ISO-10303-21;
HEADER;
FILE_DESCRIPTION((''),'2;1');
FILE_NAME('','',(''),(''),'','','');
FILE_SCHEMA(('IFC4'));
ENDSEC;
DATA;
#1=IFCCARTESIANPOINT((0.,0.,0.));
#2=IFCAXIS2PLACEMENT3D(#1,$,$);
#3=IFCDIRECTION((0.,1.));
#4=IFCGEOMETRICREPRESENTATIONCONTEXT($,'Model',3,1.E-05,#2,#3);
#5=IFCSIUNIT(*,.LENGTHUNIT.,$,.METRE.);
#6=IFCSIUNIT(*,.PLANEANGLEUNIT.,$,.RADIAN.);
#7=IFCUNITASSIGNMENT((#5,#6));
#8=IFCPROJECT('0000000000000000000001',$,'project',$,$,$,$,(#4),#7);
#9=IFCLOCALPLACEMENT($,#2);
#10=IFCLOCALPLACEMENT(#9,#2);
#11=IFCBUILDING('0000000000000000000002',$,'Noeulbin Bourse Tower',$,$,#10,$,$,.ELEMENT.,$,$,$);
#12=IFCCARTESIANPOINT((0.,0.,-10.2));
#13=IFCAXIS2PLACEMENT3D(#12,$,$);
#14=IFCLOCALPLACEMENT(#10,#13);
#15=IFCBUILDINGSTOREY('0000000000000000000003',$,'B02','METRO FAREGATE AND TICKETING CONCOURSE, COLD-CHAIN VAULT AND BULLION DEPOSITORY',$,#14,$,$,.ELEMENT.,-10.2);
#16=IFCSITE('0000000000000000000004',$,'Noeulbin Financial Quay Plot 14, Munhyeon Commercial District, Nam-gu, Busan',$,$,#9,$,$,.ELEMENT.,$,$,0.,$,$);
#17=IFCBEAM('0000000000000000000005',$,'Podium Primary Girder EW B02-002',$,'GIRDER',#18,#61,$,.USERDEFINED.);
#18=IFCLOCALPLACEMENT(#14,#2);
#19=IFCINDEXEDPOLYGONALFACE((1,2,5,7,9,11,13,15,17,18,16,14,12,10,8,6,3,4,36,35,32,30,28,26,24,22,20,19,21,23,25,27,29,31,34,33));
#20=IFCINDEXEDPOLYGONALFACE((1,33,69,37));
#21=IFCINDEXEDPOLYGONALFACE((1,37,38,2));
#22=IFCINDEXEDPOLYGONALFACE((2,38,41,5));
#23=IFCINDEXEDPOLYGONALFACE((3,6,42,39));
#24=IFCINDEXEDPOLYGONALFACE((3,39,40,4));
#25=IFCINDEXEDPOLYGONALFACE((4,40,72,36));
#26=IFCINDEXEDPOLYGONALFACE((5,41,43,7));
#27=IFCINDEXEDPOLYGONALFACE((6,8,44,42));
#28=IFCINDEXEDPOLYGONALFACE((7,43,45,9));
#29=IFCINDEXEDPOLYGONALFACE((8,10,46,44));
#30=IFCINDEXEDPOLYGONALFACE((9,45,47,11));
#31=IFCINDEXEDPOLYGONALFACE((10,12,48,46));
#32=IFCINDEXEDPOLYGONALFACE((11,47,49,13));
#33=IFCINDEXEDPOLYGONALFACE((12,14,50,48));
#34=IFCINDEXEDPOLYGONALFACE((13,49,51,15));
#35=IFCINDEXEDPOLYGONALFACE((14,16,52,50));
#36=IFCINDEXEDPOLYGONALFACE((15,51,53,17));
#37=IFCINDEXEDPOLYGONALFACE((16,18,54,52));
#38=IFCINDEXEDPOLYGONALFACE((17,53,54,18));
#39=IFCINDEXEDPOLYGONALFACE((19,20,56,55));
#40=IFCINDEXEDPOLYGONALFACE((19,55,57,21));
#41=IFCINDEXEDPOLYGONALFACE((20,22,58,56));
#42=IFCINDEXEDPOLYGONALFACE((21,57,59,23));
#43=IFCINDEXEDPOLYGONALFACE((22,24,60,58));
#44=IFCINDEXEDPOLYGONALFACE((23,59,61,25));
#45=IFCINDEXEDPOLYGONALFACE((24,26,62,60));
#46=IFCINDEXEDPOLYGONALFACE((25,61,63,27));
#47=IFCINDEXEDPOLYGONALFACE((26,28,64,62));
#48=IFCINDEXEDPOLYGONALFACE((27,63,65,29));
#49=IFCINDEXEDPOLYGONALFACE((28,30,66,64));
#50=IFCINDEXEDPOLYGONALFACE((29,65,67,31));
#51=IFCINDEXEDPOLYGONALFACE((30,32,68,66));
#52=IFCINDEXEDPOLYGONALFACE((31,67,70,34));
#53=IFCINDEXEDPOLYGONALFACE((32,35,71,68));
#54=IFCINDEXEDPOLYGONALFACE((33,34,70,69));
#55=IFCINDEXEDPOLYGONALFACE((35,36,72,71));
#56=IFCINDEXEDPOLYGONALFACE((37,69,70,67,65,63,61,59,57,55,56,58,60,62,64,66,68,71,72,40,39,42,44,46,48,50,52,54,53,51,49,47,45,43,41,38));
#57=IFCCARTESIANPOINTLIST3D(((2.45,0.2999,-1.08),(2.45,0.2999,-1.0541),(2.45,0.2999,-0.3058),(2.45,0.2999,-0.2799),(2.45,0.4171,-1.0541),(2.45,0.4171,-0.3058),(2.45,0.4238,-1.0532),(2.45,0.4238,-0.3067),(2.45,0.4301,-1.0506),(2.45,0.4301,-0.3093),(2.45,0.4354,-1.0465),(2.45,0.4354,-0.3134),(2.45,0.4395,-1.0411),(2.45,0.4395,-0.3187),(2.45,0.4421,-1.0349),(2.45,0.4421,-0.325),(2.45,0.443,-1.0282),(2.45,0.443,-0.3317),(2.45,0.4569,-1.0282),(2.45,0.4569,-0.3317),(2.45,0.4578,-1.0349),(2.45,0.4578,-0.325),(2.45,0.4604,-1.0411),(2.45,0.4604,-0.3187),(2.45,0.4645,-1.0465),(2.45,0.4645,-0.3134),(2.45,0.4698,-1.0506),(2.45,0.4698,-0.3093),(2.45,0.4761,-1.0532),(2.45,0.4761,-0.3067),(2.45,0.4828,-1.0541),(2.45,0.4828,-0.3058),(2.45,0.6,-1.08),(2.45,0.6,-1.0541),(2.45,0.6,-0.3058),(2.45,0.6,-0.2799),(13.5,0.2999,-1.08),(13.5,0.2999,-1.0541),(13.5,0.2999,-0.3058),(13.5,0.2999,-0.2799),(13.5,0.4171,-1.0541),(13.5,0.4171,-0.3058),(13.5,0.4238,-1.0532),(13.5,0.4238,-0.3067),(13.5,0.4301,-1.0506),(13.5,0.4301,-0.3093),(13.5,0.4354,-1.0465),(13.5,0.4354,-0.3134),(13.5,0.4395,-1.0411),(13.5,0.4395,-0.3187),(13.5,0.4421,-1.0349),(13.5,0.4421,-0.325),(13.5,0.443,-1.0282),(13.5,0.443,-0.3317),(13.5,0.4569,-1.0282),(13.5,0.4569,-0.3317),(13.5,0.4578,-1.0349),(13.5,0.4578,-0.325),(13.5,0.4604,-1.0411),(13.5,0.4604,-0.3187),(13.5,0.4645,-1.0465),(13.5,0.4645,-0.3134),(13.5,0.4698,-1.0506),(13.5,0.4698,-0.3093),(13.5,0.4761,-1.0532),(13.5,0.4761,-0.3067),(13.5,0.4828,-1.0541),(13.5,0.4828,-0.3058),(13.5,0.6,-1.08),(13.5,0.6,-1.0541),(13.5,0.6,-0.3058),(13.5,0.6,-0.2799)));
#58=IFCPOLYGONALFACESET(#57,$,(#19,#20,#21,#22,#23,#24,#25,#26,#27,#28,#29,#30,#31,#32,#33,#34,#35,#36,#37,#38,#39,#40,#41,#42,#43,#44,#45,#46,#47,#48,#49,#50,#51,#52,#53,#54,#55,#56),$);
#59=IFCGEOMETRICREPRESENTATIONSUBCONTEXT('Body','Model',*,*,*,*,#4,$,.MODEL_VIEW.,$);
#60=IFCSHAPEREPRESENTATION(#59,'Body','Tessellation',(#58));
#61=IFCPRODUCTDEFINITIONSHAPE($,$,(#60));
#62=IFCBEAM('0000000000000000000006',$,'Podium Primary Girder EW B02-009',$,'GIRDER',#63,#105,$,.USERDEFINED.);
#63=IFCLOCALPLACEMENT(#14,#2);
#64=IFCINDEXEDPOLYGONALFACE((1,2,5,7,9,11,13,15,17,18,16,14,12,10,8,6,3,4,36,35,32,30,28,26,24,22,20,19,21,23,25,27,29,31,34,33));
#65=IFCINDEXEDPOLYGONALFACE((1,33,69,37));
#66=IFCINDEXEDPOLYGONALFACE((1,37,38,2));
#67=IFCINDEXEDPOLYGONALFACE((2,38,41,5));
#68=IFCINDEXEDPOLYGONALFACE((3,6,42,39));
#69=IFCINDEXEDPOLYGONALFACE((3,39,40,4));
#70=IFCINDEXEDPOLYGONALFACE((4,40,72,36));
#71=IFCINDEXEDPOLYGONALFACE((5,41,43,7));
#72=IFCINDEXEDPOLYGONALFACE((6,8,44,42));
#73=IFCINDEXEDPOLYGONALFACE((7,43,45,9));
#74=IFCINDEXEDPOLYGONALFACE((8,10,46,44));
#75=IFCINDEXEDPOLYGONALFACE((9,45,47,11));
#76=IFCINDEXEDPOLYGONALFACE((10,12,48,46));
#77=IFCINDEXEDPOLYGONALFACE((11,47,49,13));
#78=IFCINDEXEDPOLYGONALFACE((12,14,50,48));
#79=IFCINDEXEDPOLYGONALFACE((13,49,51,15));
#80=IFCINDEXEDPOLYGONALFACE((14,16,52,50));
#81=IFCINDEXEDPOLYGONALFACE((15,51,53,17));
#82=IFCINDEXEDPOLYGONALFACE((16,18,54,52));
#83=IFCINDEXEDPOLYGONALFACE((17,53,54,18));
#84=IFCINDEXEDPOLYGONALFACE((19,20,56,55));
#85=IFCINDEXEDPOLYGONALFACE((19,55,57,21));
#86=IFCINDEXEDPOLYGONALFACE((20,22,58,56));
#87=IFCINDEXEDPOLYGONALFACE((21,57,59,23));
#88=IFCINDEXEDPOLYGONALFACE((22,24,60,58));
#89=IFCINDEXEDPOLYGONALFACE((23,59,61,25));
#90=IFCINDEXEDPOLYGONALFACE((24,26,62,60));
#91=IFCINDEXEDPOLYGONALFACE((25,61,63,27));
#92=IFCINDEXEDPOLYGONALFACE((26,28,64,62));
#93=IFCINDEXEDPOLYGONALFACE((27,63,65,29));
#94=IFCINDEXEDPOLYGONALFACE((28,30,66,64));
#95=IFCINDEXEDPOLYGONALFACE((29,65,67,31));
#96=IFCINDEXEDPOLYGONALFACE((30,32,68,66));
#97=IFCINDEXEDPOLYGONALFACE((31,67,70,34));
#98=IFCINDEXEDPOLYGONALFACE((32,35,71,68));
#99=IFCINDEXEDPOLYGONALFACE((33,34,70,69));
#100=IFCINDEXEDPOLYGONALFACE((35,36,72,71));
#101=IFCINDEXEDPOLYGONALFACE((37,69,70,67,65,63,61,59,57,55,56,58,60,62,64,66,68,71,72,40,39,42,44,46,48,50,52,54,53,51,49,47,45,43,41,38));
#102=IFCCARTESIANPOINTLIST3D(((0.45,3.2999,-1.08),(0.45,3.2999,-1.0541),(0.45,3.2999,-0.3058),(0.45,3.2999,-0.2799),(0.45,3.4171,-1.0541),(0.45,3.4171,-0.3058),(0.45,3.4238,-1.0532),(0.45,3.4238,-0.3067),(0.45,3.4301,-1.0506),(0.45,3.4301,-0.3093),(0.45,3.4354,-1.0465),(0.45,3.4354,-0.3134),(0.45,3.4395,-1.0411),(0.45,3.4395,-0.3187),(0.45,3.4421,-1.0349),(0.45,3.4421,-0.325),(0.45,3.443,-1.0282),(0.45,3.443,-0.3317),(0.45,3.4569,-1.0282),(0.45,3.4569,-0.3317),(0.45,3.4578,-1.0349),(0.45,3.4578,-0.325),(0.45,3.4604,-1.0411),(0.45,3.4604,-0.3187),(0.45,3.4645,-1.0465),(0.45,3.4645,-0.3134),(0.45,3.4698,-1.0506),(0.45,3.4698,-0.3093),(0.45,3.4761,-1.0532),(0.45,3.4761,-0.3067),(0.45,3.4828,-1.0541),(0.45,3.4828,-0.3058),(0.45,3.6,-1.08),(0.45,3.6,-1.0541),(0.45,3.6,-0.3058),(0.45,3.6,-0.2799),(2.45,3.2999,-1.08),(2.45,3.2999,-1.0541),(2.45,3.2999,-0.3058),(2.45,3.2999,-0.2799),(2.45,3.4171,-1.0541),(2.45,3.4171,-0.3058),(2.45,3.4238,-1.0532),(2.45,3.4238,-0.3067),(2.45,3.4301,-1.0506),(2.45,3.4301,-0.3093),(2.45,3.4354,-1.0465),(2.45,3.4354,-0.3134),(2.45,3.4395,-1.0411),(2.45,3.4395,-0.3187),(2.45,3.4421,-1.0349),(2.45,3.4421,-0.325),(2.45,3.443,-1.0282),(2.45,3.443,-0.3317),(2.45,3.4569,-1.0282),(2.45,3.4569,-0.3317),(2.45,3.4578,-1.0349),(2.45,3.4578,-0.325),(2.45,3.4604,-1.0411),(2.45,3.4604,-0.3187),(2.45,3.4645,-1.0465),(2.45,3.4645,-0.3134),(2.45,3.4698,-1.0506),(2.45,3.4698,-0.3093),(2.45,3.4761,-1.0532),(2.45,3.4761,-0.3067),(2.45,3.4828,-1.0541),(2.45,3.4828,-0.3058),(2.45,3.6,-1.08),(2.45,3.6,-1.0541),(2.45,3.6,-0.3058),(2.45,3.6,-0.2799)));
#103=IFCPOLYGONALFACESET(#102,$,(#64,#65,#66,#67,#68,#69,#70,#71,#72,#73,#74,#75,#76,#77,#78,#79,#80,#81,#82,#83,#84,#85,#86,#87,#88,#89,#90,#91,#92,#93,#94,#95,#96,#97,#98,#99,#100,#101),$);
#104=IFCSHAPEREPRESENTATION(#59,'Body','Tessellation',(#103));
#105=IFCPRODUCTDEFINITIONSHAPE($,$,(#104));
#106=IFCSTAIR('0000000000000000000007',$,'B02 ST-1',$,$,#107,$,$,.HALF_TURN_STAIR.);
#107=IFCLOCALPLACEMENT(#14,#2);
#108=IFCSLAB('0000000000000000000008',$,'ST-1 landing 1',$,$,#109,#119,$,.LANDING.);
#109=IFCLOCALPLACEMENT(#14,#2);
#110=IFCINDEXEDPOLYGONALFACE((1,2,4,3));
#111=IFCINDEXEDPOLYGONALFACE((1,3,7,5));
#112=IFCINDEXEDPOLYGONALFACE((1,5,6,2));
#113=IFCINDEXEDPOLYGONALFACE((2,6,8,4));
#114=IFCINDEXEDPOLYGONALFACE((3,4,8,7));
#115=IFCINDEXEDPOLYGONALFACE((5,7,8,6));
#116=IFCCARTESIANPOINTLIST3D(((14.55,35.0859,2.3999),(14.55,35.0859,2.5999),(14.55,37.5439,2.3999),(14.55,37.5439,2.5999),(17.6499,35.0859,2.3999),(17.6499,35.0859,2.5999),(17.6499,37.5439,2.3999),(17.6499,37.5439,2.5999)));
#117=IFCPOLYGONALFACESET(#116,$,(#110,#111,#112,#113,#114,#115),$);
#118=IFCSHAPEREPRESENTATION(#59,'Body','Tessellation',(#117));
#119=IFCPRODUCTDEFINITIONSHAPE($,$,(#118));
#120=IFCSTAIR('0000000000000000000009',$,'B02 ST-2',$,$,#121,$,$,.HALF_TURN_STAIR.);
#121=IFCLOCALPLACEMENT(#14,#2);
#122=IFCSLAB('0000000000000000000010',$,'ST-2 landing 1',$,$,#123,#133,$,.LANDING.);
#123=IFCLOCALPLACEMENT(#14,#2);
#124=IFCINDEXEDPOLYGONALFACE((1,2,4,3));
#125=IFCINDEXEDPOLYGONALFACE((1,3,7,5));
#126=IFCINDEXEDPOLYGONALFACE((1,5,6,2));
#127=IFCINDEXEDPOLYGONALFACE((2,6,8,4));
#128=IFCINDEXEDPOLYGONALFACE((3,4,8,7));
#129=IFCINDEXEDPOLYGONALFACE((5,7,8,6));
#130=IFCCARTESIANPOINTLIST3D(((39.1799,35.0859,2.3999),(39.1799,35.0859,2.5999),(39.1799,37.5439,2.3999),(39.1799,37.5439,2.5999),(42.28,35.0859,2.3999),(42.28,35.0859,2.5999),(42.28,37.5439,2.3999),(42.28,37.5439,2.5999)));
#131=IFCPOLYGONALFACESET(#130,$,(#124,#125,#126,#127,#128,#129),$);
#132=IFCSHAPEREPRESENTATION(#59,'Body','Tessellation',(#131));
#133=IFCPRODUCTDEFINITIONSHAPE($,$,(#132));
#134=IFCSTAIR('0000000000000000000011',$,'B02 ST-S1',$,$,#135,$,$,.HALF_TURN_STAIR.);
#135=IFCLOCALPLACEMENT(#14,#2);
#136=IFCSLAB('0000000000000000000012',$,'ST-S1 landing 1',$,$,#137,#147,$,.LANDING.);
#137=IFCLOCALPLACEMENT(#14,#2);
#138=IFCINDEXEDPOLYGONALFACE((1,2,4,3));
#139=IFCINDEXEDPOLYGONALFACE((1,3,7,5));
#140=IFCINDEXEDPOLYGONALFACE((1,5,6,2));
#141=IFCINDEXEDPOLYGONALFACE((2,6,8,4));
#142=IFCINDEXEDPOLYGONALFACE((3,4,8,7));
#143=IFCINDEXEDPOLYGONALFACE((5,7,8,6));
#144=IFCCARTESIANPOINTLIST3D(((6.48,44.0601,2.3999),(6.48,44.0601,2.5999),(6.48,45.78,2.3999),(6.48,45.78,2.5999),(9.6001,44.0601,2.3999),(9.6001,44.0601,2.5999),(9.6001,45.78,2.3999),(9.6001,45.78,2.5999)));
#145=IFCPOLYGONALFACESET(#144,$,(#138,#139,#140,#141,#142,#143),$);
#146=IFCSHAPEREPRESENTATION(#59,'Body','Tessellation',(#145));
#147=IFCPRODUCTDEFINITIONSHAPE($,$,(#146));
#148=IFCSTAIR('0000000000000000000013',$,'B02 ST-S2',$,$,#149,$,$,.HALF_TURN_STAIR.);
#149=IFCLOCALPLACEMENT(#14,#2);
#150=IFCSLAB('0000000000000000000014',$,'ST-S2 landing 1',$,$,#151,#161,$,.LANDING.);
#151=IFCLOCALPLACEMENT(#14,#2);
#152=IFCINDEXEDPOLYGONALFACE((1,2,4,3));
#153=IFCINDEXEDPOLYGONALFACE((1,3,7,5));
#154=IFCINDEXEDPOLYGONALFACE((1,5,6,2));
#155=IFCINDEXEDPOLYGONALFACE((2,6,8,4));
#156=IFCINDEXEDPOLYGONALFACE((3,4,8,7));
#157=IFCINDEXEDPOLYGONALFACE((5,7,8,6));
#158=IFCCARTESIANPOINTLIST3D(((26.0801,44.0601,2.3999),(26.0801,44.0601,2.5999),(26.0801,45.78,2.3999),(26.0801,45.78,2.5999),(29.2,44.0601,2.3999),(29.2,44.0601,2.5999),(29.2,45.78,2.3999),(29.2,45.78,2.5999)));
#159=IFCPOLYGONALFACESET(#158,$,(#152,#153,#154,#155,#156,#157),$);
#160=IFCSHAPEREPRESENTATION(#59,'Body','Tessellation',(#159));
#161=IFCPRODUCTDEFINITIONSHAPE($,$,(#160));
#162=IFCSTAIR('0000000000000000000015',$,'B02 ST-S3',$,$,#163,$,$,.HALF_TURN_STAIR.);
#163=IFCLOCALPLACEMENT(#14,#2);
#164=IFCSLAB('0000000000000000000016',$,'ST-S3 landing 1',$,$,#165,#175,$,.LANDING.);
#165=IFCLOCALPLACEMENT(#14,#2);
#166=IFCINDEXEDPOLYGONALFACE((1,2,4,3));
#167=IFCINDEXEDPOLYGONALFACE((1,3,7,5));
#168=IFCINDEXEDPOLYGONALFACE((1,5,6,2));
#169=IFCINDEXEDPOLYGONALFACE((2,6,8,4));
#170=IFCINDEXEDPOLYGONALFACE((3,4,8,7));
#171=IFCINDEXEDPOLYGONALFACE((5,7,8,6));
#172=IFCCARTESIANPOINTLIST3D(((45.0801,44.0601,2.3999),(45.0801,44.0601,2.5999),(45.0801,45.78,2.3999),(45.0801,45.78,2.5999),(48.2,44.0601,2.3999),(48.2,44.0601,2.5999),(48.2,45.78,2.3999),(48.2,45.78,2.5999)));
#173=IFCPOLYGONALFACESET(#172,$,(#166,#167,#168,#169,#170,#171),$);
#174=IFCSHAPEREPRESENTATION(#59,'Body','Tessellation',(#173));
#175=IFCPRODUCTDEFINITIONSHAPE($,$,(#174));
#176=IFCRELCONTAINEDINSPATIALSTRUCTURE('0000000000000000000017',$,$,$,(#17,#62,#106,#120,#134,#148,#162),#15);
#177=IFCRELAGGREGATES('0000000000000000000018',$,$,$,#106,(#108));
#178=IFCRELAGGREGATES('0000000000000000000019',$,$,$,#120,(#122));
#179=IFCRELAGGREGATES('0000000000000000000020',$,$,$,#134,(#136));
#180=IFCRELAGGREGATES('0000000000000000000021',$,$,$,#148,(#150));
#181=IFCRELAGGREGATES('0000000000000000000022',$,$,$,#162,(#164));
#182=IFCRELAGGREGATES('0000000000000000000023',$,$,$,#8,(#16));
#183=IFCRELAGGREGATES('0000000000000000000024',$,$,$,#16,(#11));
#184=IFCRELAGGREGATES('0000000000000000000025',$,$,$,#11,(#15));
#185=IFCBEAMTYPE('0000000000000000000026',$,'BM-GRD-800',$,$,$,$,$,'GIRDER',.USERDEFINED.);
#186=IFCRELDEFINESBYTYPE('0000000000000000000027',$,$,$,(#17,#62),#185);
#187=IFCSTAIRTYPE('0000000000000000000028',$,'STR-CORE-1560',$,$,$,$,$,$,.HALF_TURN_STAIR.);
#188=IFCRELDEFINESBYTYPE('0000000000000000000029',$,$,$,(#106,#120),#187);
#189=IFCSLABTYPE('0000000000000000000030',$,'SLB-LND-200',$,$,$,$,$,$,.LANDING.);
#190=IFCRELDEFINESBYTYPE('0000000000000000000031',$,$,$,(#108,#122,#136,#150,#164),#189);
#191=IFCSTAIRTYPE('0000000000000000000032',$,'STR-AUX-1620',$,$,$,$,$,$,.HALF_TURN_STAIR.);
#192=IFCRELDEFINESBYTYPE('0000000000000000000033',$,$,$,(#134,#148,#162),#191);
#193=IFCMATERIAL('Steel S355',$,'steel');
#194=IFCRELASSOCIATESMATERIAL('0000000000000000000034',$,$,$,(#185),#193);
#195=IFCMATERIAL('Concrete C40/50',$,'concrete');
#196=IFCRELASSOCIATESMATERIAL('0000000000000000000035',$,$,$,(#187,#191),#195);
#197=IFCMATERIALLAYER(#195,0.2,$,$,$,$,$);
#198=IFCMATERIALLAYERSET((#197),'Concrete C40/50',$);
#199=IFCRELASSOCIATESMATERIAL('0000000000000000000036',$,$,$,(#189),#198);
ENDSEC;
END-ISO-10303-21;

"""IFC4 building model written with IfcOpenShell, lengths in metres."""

from ifc_helpers import new_model, si_unit, direction, frame, origin, origin_2d, place, context, subcontext, project, spatial, polyline, i_section, outline, extrude, material, layer, layer_set, material_profile, profile_set, type_object, element, aggregate, save


model = new_model("IFC4")

# Units and contexts
model_context = context("Model", 3, precision=1e-05, world=origin(), true_north=direction((0.0, 1.0)))
body_context = subcontext(model_context, "Body", "Model", "MODEL_VIEW")
ifc_project = project(units=[si_unit("LENGTHUNIT", "METRE"), si_unit("PLANEANGLEUNIT", "RADIAN")], contexts=[model_context])

# Site, building, storey
site_placement = place(None, origin())
site = spatial("IfcSite", under=ifc_project, at=site_placement, Name="Noeulbin Financial Quay Plot 14, Munhyeon Commercial District, Nam-gu, Busan", CompositionType="ELEMENT", RefElevation=0.0)
building_placement = place(site_placement, origin())
building = spatial("IfcBuilding", under=site, at=building_placement, Name="Noeulbin Bourse Tower", CompositionType="ELEMENT")
storey_placement = place(building_placement, frame((0.0, 0.0, -10.2)))
storey = spatial("IfcBuildingStorey", under=building, at=storey_placement, Name="B02", Description="METRO FAREGATE AND TICKETING CONCOURSE, COLD-CHAIN VAULT AND BULLION DEPOSITORY", CompositionType="ELEMENT", Elevation=-10.2)

# Beams
ifc_material_1 = material(Name="Steel S355", Category="steel")
ifc_material_profile_1 = material_profile(ifc_material_1, i_section(OverallWidth=0.3, OverallDepth=0.8, WebThickness=0.0139, FlangeThickness=0.0259, FilletRadius=0.0259, at=origin_2d()), Name="H-800x300x14x26", Category="LoadBearing")
ifc_profile_set_1 = profile_set([ifc_material_profile_1], Name="Steel S355")
beam_type_1 = type_object("IfcBeamType", Name="BM-GRD-800", ElementType="GIRDER", PredefinedType="USERDEFINED", material=ifc_profile_set_1)
beam_1_placement = place(storey_placement, frame((2.45, 0.45, -0.6799), z_axis=(1.0, 0.0, 0.0), x_axis=(0.0, 1.0, 0.0)))
element("IfcBeam", 1, at=beam_1_placement, inside=storey, type_object=beam_type_1, Name="Podium Primary Girder EW B02-002", ObjectType="GIRDER", PredefinedType="USERDEFINED", context=body_context, shape_type="SweptSolid", body=[
    extrude(i_section(OverallWidth=0.3, OverallDepth=0.8, WebThickness=0.0139, FlangeThickness=0.0259, FilletRadius=0.0259, at=origin_2d()), origin(), (0.0, 0.0, 1.0), 11.05),
])
beam_2_placement = place(storey_placement, frame((0.45, 3.45, -0.6799), z_axis=(1.0, 0.0, 0.0), x_axis=(0.0, 1.0, 0.0)))
element("IfcBeam", 2, at=beam_2_placement, inside=storey, type_object=beam_type_1, Name="Podium Primary Girder EW B02-009", ObjectType="GIRDER", PredefinedType="USERDEFINED", context=body_context, shape_type="SweptSolid", body=[
    extrude(i_section(OverallWidth=0.3, OverallDepth=0.8, WebThickness=0.0139, FlangeThickness=0.0259, FilletRadius=0.0259, at=origin_2d()), origin(), (0.0, 0.0, 1.0), 2.0),
])

# Stairs, slabs
ifc_material_2 = material(Name="Concrete C40/50", Category="concrete")
stair_type_1 = type_object("IfcStairType", Name="STR-CORE-1560", PredefinedType="HALF_TURN_STAIR", material=ifc_material_2)
stair_1_placement = place(storey_placement, origin())
stair_1 = element("IfcStair", 3, at=stair_1_placement, inside=storey, type_object=stair_type_1, Name="B02 ST-1", PredefinedType="HALF_TURN_STAIR")
ifc_layer_1 = layer(ifc_material_2, 0.2)
ifc_layer_set_1 = layer_set([ifc_layer_1], Name="Concrete C40/50")
slab_type_1 = type_object("IfcSlabType", Name="SLB-LND-200", PredefinedType="LANDING", material=ifc_layer_set_1)
slab_1_placement = place(storey_placement, frame((0.0, 0.0, 2.3999)))
slab_1 = element("IfcSlab", 4, at=slab_1_placement, type_object=slab_type_1, Name="ST-1 landing 1", PredefinedType="LANDING", context=body_context, shape_type="SweptSolid", body=[
    extrude(outline(polyline([(17.6499, 35.0859), (17.6499, 37.5439), (14.55, 37.5439), (14.55, 35.0859), (17.6499, 35.0859)])), origin(), (0.0, 0.0, 1.0), 0.2),
])
aggregate(stair_1, [slab_1])
stair_2_placement = place(storey_placement, origin())
stair_2 = element("IfcStair", 5, at=stair_2_placement, inside=storey, type_object=stair_type_1, Name="B02 ST-2", PredefinedType="HALF_TURN_STAIR")
slab_2_placement = place(storey_placement, frame((0.0, 0.0, 2.3999)))
slab_2 = element("IfcSlab", 6, at=slab_2_placement, type_object=slab_type_1, Name="ST-2 landing 1", PredefinedType="LANDING", context=body_context, shape_type="SweptSolid", body=[
    extrude(outline(polyline([(42.28, 35.0859), (42.28, 37.5439), (39.1799, 37.5439), (39.1799, 35.0859), (42.28, 35.0859)])), origin(), (0.0, 0.0, 1.0), 0.2),
])
aggregate(stair_2, [slab_2])
stair_type_2 = type_object("IfcStairType", Name="STR-AUX-1620", PredefinedType="HALF_TURN_STAIR", material=ifc_material_2)
stair_3_placement = place(storey_placement, origin())
stair_3 = element("IfcStair", 7, at=stair_3_placement, inside=storey, type_object=stair_type_2, Name="B02 ST-S1", PredefinedType="HALF_TURN_STAIR")
slab_3_placement = place(storey_placement, frame((0.0, 0.0, 2.3999)))
slab_3 = element("IfcSlab", 8, at=slab_3_placement, type_object=slab_type_1, Name="ST-S1 landing 1", PredefinedType="LANDING", context=body_context, shape_type="SweptSolid", body=[
    extrude(outline(polyline([(9.6001, 44.0601), (9.6001, 45.78), (6.48, 45.78), (6.48, 44.0601), (9.6001, 44.0601)])), origin(), (0.0, 0.0, 1.0), 0.2),
])
aggregate(stair_3, [slab_3])
stair_4_placement = place(storey_placement, origin())
stair_4 = element("IfcStair", 9, at=stair_4_placement, inside=storey, type_object=stair_type_2, Name="B02 ST-S2", PredefinedType="HALF_TURN_STAIR")
slab_4_placement = place(storey_placement, frame((0.0, 0.0, 2.3999)))
slab_4 = element("IfcSlab", 10, at=slab_4_placement, type_object=slab_type_1, Name="ST-S2 landing 1", PredefinedType="LANDING", context=body_context, shape_type="SweptSolid", body=[
    extrude(outline(polyline([(29.2, 44.0601), (29.2, 45.78), (26.0801, 45.78), (26.0801, 44.0601), (29.2, 44.0601)])), origin(), (0.0, 0.0, 1.0), 0.2),
])
aggregate(stair_4, [slab_4])
stair_5_placement = place(storey_placement, origin())
stair_5 = element("IfcStair", 11, at=stair_5_placement, inside=storey, type_object=stair_type_2, Name="B02 ST-S3", PredefinedType="HALF_TURN_STAIR")
slab_5_placement = place(storey_placement, frame((0.0, 0.0, 2.3999)))
slab_5 = element("IfcSlab", 12, at=slab_5_placement, type_object=slab_type_1, Name="ST-S3 landing 1", PredefinedType="LANDING", context=body_context, shape_type="SweptSolid", body=[
    extrude(outline(polyline([(48.2, 44.0601), (48.2, 45.78), (45.0801, 45.78), (45.0801, 44.0601), (48.2, 44.0601)])), origin(), (0.0, 0.0, 1.0), 0.2),
])
aggregate(stair_5, [slab_5])

save(model, "model.ifc")
